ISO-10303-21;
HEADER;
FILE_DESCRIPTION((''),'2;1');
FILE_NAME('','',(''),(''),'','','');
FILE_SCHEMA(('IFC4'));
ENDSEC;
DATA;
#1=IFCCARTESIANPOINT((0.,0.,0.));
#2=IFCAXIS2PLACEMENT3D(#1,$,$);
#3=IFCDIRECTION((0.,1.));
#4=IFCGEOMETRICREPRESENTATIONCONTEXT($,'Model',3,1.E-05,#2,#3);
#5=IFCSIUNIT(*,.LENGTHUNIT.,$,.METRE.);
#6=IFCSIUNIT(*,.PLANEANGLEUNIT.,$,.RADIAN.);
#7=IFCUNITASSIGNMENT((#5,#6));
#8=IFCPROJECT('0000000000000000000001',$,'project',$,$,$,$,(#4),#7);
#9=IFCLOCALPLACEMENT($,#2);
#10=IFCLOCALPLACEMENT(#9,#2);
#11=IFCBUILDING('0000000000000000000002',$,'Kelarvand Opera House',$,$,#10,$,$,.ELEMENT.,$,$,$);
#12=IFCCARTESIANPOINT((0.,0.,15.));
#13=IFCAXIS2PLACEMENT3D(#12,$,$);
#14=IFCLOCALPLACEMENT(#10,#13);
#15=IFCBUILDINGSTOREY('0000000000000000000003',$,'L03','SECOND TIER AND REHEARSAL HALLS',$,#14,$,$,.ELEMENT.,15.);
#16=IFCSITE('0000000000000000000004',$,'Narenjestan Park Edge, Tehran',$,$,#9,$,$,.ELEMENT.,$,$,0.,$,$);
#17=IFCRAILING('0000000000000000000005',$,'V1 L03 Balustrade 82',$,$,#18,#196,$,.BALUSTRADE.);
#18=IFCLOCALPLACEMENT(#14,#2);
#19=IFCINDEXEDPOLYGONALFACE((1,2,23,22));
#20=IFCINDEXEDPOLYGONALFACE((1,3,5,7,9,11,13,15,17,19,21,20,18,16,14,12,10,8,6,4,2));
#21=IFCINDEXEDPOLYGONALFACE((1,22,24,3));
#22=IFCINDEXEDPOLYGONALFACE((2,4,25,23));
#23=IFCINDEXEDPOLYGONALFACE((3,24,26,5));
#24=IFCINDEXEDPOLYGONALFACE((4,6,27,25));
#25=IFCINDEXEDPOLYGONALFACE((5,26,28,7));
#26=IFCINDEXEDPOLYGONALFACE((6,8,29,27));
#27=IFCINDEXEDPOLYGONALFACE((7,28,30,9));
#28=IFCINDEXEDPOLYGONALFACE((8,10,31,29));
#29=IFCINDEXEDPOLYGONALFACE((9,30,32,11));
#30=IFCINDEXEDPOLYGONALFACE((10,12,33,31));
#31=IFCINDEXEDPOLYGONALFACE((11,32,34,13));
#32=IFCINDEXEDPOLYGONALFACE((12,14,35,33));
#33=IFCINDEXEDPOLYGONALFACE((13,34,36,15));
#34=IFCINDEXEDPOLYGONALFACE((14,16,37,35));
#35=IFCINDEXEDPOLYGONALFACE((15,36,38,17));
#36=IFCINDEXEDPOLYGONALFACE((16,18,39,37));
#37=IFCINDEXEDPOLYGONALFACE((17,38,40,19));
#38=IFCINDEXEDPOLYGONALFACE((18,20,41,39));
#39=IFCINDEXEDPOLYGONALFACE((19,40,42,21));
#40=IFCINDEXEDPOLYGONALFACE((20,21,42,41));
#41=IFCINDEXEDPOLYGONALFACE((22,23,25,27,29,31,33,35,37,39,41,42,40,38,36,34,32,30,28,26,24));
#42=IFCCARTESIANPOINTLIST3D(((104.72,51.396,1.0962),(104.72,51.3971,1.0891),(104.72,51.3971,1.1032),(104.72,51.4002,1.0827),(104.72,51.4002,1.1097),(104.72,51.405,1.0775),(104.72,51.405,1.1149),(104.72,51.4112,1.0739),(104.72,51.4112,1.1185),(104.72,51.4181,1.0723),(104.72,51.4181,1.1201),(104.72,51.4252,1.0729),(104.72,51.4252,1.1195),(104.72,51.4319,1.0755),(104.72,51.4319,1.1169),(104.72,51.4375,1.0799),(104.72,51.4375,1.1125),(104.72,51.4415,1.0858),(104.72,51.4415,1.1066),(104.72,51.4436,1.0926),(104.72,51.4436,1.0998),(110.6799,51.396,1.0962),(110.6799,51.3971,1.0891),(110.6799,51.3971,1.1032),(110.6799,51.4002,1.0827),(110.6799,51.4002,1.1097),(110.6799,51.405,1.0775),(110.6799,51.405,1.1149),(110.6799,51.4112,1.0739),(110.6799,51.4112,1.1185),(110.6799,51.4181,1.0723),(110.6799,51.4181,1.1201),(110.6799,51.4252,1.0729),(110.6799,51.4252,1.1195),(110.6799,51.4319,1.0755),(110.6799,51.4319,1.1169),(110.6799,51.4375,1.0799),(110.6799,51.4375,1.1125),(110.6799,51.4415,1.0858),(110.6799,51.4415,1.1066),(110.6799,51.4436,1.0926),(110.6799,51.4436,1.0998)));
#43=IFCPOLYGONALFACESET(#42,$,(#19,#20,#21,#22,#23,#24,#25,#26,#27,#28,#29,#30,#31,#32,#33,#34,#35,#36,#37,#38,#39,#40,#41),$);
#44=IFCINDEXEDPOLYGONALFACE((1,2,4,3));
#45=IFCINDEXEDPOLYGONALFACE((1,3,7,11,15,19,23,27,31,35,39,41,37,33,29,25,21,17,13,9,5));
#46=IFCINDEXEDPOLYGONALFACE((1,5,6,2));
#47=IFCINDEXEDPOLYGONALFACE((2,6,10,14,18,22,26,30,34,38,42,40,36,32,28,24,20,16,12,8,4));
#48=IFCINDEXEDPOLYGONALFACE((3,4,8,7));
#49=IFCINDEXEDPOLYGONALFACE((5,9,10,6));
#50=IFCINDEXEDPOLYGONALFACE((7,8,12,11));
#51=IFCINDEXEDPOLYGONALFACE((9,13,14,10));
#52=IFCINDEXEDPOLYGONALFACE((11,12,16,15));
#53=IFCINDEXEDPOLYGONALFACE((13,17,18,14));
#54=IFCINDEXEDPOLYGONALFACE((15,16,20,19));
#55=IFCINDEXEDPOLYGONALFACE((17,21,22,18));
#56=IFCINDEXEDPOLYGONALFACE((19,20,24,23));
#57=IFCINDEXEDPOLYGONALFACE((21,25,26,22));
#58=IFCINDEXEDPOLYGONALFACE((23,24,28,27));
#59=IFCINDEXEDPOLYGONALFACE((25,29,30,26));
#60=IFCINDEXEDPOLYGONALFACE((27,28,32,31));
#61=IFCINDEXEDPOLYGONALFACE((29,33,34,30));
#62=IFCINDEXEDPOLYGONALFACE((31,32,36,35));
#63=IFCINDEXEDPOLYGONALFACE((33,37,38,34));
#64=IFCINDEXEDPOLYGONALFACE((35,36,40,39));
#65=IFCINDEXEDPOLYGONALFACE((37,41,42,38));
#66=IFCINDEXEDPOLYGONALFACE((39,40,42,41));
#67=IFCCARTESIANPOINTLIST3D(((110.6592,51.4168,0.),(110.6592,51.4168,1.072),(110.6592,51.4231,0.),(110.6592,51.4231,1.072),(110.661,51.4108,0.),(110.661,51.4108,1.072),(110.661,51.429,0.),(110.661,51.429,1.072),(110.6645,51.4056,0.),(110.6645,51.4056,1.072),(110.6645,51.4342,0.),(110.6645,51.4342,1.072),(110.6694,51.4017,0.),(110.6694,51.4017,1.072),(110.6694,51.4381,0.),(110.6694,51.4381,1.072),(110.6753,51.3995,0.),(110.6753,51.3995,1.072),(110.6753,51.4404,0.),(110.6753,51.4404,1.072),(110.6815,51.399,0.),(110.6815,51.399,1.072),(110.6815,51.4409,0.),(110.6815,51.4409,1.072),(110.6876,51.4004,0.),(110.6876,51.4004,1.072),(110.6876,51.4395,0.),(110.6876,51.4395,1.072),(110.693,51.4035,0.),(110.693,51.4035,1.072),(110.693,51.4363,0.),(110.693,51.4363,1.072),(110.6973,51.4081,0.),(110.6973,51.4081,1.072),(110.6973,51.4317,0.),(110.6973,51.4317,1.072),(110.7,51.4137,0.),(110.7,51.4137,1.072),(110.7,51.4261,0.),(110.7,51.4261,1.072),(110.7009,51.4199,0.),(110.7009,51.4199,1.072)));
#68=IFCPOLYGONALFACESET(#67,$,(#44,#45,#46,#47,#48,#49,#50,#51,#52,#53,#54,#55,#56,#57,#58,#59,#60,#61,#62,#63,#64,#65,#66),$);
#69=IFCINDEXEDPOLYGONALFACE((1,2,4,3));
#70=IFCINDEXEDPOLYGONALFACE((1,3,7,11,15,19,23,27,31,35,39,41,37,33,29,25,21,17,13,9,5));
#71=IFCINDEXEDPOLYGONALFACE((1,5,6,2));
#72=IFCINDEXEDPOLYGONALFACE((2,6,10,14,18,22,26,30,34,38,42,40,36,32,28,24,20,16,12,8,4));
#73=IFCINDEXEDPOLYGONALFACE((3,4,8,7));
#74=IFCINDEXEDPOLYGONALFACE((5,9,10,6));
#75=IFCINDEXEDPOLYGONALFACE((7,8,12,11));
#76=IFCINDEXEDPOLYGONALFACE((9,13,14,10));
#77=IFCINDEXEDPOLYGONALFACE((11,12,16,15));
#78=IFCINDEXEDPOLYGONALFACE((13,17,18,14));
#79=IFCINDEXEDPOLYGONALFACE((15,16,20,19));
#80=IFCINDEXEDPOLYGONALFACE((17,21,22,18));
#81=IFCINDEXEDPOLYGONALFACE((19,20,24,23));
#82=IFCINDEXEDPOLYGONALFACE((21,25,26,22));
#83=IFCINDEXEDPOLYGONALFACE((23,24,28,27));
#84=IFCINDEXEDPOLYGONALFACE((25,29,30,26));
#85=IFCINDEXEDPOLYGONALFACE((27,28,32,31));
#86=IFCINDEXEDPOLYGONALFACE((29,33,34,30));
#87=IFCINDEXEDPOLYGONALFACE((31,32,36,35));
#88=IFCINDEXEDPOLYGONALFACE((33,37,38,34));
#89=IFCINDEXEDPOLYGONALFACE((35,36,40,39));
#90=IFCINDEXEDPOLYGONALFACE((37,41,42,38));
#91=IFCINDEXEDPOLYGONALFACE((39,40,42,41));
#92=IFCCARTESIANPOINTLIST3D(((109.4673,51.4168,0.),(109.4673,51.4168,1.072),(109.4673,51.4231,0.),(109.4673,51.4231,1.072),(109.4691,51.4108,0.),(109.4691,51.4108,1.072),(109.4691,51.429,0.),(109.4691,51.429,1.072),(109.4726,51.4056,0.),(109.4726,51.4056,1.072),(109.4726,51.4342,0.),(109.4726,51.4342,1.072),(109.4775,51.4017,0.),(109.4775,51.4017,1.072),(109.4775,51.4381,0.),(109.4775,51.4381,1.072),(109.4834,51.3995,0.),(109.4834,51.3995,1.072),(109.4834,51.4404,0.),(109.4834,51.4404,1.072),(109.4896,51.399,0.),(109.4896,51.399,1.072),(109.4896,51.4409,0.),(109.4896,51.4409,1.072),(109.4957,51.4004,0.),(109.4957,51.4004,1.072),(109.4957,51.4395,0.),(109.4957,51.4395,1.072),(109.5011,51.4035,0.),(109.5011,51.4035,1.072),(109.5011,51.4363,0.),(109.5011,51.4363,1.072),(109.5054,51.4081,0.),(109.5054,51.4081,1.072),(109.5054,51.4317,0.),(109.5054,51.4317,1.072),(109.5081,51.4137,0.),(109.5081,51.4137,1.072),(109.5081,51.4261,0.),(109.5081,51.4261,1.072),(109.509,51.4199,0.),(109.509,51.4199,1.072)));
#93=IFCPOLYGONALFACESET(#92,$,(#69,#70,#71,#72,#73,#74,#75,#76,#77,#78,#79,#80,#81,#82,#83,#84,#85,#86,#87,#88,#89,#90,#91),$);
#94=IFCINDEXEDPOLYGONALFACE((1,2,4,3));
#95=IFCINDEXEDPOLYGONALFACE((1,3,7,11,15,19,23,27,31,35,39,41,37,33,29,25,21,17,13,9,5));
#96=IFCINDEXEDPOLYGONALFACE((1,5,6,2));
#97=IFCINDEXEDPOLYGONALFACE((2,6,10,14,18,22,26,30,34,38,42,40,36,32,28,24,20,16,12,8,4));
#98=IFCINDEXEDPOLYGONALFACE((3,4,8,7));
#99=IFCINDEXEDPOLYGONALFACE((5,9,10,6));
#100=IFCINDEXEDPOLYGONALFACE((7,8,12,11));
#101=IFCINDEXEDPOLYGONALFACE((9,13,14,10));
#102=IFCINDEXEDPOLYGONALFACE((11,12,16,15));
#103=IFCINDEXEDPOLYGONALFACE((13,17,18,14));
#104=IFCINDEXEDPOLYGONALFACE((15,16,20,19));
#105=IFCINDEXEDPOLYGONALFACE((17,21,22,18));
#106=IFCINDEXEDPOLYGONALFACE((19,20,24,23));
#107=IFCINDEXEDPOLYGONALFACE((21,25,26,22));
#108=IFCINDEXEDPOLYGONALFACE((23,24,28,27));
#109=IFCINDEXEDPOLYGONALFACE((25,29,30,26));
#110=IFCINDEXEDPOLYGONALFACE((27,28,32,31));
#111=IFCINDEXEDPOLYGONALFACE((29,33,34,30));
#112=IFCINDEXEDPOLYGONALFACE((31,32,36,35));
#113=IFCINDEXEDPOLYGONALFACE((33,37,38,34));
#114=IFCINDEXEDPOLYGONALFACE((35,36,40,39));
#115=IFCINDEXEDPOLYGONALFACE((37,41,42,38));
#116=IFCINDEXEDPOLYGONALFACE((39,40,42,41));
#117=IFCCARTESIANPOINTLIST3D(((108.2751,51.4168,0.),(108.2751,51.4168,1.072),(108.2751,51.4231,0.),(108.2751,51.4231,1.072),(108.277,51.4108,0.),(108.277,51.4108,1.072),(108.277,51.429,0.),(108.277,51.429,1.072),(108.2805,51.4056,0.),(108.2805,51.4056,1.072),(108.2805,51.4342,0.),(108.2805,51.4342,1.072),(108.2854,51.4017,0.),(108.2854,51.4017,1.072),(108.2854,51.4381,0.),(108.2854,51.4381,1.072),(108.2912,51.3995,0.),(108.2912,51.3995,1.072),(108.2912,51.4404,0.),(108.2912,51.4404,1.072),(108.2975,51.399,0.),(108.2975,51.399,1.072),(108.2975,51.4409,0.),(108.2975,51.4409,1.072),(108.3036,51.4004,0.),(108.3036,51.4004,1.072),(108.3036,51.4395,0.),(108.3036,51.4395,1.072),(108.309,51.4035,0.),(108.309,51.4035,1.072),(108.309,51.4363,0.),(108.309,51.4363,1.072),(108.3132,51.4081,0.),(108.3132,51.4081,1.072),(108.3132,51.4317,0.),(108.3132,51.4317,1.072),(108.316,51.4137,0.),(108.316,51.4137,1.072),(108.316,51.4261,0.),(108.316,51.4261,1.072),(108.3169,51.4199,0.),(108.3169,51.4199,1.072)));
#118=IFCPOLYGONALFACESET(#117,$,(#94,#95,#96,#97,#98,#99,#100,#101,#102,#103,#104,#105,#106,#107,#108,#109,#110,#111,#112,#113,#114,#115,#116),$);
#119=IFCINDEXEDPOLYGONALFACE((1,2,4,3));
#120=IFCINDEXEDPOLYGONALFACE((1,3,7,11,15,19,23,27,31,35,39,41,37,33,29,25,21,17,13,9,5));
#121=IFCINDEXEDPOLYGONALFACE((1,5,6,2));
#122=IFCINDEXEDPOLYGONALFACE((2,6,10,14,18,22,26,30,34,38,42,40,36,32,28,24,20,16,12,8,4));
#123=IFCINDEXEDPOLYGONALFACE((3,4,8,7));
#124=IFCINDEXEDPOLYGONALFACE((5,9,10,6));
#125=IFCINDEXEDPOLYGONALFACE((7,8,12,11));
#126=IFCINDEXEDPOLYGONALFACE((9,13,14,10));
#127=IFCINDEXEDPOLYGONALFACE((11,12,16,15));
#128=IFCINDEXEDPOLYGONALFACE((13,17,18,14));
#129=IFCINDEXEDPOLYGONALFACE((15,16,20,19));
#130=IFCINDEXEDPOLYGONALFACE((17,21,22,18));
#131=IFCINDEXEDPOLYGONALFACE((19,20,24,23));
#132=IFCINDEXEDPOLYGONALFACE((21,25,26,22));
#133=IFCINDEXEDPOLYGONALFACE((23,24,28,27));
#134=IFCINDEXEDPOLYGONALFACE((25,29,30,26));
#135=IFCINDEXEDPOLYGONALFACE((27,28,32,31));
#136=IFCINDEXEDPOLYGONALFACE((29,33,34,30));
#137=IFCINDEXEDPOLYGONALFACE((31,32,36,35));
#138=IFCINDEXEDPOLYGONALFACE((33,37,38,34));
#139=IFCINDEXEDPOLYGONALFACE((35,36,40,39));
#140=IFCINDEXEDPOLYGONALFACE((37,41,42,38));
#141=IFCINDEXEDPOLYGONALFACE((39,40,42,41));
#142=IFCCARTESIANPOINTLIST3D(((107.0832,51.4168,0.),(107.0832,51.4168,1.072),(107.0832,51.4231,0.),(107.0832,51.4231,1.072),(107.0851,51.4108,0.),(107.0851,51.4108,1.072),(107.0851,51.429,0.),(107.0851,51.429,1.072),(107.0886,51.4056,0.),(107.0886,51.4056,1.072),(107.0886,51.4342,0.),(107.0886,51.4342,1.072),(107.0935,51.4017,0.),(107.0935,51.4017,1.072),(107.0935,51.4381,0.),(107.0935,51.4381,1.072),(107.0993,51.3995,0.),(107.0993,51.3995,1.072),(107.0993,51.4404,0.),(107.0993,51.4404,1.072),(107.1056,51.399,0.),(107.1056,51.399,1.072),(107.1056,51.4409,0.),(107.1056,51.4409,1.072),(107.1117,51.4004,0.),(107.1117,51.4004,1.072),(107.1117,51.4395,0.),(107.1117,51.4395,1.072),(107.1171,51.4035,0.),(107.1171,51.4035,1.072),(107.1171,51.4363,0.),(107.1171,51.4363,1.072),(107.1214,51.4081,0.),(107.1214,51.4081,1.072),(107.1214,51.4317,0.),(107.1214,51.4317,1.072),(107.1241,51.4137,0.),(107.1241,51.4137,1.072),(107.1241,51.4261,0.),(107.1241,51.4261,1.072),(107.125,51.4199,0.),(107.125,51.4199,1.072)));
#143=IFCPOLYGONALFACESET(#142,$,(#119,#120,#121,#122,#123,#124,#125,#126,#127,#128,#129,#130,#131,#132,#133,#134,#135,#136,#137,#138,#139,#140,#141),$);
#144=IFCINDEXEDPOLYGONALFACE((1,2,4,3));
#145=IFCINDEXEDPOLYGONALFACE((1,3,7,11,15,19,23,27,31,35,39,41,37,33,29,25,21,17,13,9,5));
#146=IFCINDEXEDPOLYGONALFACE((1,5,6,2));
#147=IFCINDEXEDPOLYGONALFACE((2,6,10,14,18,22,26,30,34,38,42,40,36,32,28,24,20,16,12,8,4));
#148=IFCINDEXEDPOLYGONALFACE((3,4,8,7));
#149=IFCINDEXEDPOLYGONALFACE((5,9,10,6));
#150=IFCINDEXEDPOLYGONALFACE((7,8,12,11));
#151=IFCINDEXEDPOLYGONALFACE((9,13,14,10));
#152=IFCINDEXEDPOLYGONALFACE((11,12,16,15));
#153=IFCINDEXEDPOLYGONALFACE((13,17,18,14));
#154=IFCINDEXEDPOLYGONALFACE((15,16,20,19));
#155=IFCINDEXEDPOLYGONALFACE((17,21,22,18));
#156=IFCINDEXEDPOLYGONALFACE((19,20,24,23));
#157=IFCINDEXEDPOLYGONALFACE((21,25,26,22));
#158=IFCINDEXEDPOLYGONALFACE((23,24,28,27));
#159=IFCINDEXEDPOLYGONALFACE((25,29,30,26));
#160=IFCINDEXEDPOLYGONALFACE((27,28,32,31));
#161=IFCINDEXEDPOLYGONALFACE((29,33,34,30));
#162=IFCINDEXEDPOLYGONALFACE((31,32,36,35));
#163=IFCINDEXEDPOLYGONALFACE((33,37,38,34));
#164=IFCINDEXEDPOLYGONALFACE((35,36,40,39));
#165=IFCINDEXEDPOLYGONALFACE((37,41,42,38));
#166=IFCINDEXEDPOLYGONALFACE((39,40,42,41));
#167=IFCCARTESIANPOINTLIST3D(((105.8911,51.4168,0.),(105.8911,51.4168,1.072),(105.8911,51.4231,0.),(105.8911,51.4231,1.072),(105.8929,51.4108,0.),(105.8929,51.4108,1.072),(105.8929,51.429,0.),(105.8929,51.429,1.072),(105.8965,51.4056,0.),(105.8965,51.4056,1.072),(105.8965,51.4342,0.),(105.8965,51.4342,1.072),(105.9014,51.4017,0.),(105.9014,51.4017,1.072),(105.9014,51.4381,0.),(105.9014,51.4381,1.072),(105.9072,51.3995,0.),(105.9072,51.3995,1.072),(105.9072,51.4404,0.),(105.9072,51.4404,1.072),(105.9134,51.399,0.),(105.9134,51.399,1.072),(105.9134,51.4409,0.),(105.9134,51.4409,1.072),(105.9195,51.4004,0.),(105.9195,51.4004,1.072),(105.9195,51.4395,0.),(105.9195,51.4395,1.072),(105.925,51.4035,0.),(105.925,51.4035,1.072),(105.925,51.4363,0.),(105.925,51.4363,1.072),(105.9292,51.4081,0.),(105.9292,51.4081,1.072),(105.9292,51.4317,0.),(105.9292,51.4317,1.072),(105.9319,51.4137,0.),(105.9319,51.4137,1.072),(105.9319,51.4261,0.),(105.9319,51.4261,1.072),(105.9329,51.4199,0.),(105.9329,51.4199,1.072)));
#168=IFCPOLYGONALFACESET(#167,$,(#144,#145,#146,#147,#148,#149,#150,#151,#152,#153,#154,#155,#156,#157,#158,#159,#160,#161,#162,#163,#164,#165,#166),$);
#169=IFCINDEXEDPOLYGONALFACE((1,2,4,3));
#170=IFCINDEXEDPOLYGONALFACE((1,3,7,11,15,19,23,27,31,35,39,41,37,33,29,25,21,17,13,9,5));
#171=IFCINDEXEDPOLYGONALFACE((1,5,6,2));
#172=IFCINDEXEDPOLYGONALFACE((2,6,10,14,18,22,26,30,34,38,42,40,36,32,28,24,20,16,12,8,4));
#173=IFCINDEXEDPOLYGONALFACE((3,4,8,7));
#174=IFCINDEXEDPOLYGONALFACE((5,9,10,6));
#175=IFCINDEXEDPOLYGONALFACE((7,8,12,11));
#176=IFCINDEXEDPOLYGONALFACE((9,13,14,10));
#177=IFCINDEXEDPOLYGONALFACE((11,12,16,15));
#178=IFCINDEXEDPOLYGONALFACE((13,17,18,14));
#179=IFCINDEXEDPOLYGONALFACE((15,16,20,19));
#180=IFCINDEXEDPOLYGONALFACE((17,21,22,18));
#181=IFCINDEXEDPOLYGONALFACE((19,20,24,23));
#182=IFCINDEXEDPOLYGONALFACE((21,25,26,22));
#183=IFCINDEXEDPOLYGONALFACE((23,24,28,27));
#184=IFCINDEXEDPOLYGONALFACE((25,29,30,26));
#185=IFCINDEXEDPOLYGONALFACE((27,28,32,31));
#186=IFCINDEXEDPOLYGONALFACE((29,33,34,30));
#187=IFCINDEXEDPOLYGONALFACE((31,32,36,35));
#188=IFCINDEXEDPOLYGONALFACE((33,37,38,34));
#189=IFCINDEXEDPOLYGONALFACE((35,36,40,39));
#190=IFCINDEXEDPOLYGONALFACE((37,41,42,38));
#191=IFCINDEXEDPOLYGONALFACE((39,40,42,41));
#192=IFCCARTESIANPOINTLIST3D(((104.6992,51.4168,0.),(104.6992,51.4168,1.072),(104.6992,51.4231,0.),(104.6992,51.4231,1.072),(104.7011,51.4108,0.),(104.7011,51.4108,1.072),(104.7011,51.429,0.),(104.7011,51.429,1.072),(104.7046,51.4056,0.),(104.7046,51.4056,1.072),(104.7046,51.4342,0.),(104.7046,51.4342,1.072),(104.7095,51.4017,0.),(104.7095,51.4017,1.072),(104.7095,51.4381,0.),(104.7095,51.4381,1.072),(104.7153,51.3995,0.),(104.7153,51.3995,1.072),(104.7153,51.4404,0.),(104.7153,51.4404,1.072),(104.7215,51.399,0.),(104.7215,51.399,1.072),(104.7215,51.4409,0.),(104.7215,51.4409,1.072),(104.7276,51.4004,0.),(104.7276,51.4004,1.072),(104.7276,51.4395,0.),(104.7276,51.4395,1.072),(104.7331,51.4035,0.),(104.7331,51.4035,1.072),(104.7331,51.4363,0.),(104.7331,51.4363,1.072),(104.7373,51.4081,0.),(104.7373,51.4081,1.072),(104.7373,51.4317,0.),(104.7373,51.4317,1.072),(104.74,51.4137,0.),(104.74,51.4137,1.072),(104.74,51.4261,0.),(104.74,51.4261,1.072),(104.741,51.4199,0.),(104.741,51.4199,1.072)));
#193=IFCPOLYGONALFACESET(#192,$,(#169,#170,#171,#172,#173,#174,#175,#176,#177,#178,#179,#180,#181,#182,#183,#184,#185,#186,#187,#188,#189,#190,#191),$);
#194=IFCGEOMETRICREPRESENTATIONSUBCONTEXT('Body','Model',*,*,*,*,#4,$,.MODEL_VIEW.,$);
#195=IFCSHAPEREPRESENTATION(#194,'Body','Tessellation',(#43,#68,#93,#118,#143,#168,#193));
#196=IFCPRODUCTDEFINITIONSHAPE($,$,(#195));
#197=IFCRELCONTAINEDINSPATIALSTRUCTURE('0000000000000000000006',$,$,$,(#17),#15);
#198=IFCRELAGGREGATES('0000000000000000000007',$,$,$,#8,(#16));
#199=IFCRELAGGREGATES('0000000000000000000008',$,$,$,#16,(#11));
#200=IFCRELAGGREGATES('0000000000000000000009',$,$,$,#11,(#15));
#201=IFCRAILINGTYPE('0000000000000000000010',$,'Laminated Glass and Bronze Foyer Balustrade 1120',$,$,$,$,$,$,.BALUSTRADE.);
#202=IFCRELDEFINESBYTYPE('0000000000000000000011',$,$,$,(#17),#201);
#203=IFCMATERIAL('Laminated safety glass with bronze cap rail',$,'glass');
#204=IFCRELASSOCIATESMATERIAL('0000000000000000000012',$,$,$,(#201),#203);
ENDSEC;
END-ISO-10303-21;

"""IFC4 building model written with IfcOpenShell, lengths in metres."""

from ifc_helpers import new_model, si_unit, direction, frame, origin, origin_2d, place, context, subcontext, project, spatial, circle, extrude, material, type_object, element, save


model = new_model("IFC4")

# Units and contexts
model_context = context("Model", 3, precision=1e-05, world=origin(), true_north=direction((0.0, 1.0)))
body_context = subcontext(model_context, "Body", "Model", "MODEL_VIEW")
ifc_project = project(units=[si_unit("LENGTHUNIT", "METRE"), si_unit("PLANEANGLEUNIT", "RADIAN")], contexts=[model_context])

# Site, building, storey
site_placement = place(None, origin())
site = spatial("IfcSite", under=ifc_project, at=site_placement, Name="Narenjestan Park Edge, Tehran", CompositionType="ELEMENT", RefElevation=0.0)
building_placement = place(site_placement, origin())
building = spatial("IfcBuilding", under=site, at=building_placement, Name="Kelarvand Opera House", CompositionType="ELEMENT")
storey_placement = place(building_placement, frame((0.0, 0.0, 15.0)))
storey = spatial("IfcBuildingStorey", under=building, at=storey_placement, Name="L03", Description="SECOND TIER AND REHEARSAL HALLS", CompositionType="ELEMENT", Elevation=15.0)

# Railing
ifc_material_1 = material(Name="Laminated safety glass with bronze cap rail", Category="glass")
railing_type = type_object("IfcRailingType", Name="Laminated Glass and Bronze Foyer Balustrade 1120", PredefinedType="BALUSTRADE", material=ifc_material_1)
railing_1_placement = place(storey_placement, frame((110.6799, 51.4199, 0.0)))
element("IfcRailing", 1, at=railing_1_placement, inside=storey, type_object=railing_type, Name="V1 L03 Balustrade 82", PredefinedType="BALUSTRADE", context=body_context, shape_type="SweptSolid", body=[
    extrude(circle(Radius=0.0239, at=origin_2d()), frame((0.0, 0.0, 1.0962), z_axis=(-1.0, 0.0, 0.0), x_axis=(0.0, -1.0, 0.0)), (0.0, 0.0, 1.0), 5.96),
    extrude(circle(Radius=0.021, at=origin_2d()), origin(), (0.0, 0.0, 1.0), 1.072),
    extrude(circle(Radius=0.021, at=origin_2d()), frame((-1.1919, 0.0, 0.0)), (0.0, 0.0, 1.0), 1.072),
    extrude(circle(Radius=0.021, at=origin_2d()), frame((-2.384, 0.0, 0.0)), (0.0, 0.0, 1.0), 1.072),
    extrude(circle(Radius=0.021, at=origin_2d()), frame((-3.5759, 0.0, 0.0)), (0.0, 0.0, 1.0), 1.072),
    extrude(circle(Radius=0.021, at=origin_2d()), frame((-4.7681, 0.0, 0.0)), (0.0, 0.0, 1.0), 1.072),
    extrude(circle(Radius=0.021, at=origin_2d()), frame((-5.96, 0.0, 0.0)), (0.0, 0.0, 1.0), 1.072),
])

save(model, "model.ifc")
